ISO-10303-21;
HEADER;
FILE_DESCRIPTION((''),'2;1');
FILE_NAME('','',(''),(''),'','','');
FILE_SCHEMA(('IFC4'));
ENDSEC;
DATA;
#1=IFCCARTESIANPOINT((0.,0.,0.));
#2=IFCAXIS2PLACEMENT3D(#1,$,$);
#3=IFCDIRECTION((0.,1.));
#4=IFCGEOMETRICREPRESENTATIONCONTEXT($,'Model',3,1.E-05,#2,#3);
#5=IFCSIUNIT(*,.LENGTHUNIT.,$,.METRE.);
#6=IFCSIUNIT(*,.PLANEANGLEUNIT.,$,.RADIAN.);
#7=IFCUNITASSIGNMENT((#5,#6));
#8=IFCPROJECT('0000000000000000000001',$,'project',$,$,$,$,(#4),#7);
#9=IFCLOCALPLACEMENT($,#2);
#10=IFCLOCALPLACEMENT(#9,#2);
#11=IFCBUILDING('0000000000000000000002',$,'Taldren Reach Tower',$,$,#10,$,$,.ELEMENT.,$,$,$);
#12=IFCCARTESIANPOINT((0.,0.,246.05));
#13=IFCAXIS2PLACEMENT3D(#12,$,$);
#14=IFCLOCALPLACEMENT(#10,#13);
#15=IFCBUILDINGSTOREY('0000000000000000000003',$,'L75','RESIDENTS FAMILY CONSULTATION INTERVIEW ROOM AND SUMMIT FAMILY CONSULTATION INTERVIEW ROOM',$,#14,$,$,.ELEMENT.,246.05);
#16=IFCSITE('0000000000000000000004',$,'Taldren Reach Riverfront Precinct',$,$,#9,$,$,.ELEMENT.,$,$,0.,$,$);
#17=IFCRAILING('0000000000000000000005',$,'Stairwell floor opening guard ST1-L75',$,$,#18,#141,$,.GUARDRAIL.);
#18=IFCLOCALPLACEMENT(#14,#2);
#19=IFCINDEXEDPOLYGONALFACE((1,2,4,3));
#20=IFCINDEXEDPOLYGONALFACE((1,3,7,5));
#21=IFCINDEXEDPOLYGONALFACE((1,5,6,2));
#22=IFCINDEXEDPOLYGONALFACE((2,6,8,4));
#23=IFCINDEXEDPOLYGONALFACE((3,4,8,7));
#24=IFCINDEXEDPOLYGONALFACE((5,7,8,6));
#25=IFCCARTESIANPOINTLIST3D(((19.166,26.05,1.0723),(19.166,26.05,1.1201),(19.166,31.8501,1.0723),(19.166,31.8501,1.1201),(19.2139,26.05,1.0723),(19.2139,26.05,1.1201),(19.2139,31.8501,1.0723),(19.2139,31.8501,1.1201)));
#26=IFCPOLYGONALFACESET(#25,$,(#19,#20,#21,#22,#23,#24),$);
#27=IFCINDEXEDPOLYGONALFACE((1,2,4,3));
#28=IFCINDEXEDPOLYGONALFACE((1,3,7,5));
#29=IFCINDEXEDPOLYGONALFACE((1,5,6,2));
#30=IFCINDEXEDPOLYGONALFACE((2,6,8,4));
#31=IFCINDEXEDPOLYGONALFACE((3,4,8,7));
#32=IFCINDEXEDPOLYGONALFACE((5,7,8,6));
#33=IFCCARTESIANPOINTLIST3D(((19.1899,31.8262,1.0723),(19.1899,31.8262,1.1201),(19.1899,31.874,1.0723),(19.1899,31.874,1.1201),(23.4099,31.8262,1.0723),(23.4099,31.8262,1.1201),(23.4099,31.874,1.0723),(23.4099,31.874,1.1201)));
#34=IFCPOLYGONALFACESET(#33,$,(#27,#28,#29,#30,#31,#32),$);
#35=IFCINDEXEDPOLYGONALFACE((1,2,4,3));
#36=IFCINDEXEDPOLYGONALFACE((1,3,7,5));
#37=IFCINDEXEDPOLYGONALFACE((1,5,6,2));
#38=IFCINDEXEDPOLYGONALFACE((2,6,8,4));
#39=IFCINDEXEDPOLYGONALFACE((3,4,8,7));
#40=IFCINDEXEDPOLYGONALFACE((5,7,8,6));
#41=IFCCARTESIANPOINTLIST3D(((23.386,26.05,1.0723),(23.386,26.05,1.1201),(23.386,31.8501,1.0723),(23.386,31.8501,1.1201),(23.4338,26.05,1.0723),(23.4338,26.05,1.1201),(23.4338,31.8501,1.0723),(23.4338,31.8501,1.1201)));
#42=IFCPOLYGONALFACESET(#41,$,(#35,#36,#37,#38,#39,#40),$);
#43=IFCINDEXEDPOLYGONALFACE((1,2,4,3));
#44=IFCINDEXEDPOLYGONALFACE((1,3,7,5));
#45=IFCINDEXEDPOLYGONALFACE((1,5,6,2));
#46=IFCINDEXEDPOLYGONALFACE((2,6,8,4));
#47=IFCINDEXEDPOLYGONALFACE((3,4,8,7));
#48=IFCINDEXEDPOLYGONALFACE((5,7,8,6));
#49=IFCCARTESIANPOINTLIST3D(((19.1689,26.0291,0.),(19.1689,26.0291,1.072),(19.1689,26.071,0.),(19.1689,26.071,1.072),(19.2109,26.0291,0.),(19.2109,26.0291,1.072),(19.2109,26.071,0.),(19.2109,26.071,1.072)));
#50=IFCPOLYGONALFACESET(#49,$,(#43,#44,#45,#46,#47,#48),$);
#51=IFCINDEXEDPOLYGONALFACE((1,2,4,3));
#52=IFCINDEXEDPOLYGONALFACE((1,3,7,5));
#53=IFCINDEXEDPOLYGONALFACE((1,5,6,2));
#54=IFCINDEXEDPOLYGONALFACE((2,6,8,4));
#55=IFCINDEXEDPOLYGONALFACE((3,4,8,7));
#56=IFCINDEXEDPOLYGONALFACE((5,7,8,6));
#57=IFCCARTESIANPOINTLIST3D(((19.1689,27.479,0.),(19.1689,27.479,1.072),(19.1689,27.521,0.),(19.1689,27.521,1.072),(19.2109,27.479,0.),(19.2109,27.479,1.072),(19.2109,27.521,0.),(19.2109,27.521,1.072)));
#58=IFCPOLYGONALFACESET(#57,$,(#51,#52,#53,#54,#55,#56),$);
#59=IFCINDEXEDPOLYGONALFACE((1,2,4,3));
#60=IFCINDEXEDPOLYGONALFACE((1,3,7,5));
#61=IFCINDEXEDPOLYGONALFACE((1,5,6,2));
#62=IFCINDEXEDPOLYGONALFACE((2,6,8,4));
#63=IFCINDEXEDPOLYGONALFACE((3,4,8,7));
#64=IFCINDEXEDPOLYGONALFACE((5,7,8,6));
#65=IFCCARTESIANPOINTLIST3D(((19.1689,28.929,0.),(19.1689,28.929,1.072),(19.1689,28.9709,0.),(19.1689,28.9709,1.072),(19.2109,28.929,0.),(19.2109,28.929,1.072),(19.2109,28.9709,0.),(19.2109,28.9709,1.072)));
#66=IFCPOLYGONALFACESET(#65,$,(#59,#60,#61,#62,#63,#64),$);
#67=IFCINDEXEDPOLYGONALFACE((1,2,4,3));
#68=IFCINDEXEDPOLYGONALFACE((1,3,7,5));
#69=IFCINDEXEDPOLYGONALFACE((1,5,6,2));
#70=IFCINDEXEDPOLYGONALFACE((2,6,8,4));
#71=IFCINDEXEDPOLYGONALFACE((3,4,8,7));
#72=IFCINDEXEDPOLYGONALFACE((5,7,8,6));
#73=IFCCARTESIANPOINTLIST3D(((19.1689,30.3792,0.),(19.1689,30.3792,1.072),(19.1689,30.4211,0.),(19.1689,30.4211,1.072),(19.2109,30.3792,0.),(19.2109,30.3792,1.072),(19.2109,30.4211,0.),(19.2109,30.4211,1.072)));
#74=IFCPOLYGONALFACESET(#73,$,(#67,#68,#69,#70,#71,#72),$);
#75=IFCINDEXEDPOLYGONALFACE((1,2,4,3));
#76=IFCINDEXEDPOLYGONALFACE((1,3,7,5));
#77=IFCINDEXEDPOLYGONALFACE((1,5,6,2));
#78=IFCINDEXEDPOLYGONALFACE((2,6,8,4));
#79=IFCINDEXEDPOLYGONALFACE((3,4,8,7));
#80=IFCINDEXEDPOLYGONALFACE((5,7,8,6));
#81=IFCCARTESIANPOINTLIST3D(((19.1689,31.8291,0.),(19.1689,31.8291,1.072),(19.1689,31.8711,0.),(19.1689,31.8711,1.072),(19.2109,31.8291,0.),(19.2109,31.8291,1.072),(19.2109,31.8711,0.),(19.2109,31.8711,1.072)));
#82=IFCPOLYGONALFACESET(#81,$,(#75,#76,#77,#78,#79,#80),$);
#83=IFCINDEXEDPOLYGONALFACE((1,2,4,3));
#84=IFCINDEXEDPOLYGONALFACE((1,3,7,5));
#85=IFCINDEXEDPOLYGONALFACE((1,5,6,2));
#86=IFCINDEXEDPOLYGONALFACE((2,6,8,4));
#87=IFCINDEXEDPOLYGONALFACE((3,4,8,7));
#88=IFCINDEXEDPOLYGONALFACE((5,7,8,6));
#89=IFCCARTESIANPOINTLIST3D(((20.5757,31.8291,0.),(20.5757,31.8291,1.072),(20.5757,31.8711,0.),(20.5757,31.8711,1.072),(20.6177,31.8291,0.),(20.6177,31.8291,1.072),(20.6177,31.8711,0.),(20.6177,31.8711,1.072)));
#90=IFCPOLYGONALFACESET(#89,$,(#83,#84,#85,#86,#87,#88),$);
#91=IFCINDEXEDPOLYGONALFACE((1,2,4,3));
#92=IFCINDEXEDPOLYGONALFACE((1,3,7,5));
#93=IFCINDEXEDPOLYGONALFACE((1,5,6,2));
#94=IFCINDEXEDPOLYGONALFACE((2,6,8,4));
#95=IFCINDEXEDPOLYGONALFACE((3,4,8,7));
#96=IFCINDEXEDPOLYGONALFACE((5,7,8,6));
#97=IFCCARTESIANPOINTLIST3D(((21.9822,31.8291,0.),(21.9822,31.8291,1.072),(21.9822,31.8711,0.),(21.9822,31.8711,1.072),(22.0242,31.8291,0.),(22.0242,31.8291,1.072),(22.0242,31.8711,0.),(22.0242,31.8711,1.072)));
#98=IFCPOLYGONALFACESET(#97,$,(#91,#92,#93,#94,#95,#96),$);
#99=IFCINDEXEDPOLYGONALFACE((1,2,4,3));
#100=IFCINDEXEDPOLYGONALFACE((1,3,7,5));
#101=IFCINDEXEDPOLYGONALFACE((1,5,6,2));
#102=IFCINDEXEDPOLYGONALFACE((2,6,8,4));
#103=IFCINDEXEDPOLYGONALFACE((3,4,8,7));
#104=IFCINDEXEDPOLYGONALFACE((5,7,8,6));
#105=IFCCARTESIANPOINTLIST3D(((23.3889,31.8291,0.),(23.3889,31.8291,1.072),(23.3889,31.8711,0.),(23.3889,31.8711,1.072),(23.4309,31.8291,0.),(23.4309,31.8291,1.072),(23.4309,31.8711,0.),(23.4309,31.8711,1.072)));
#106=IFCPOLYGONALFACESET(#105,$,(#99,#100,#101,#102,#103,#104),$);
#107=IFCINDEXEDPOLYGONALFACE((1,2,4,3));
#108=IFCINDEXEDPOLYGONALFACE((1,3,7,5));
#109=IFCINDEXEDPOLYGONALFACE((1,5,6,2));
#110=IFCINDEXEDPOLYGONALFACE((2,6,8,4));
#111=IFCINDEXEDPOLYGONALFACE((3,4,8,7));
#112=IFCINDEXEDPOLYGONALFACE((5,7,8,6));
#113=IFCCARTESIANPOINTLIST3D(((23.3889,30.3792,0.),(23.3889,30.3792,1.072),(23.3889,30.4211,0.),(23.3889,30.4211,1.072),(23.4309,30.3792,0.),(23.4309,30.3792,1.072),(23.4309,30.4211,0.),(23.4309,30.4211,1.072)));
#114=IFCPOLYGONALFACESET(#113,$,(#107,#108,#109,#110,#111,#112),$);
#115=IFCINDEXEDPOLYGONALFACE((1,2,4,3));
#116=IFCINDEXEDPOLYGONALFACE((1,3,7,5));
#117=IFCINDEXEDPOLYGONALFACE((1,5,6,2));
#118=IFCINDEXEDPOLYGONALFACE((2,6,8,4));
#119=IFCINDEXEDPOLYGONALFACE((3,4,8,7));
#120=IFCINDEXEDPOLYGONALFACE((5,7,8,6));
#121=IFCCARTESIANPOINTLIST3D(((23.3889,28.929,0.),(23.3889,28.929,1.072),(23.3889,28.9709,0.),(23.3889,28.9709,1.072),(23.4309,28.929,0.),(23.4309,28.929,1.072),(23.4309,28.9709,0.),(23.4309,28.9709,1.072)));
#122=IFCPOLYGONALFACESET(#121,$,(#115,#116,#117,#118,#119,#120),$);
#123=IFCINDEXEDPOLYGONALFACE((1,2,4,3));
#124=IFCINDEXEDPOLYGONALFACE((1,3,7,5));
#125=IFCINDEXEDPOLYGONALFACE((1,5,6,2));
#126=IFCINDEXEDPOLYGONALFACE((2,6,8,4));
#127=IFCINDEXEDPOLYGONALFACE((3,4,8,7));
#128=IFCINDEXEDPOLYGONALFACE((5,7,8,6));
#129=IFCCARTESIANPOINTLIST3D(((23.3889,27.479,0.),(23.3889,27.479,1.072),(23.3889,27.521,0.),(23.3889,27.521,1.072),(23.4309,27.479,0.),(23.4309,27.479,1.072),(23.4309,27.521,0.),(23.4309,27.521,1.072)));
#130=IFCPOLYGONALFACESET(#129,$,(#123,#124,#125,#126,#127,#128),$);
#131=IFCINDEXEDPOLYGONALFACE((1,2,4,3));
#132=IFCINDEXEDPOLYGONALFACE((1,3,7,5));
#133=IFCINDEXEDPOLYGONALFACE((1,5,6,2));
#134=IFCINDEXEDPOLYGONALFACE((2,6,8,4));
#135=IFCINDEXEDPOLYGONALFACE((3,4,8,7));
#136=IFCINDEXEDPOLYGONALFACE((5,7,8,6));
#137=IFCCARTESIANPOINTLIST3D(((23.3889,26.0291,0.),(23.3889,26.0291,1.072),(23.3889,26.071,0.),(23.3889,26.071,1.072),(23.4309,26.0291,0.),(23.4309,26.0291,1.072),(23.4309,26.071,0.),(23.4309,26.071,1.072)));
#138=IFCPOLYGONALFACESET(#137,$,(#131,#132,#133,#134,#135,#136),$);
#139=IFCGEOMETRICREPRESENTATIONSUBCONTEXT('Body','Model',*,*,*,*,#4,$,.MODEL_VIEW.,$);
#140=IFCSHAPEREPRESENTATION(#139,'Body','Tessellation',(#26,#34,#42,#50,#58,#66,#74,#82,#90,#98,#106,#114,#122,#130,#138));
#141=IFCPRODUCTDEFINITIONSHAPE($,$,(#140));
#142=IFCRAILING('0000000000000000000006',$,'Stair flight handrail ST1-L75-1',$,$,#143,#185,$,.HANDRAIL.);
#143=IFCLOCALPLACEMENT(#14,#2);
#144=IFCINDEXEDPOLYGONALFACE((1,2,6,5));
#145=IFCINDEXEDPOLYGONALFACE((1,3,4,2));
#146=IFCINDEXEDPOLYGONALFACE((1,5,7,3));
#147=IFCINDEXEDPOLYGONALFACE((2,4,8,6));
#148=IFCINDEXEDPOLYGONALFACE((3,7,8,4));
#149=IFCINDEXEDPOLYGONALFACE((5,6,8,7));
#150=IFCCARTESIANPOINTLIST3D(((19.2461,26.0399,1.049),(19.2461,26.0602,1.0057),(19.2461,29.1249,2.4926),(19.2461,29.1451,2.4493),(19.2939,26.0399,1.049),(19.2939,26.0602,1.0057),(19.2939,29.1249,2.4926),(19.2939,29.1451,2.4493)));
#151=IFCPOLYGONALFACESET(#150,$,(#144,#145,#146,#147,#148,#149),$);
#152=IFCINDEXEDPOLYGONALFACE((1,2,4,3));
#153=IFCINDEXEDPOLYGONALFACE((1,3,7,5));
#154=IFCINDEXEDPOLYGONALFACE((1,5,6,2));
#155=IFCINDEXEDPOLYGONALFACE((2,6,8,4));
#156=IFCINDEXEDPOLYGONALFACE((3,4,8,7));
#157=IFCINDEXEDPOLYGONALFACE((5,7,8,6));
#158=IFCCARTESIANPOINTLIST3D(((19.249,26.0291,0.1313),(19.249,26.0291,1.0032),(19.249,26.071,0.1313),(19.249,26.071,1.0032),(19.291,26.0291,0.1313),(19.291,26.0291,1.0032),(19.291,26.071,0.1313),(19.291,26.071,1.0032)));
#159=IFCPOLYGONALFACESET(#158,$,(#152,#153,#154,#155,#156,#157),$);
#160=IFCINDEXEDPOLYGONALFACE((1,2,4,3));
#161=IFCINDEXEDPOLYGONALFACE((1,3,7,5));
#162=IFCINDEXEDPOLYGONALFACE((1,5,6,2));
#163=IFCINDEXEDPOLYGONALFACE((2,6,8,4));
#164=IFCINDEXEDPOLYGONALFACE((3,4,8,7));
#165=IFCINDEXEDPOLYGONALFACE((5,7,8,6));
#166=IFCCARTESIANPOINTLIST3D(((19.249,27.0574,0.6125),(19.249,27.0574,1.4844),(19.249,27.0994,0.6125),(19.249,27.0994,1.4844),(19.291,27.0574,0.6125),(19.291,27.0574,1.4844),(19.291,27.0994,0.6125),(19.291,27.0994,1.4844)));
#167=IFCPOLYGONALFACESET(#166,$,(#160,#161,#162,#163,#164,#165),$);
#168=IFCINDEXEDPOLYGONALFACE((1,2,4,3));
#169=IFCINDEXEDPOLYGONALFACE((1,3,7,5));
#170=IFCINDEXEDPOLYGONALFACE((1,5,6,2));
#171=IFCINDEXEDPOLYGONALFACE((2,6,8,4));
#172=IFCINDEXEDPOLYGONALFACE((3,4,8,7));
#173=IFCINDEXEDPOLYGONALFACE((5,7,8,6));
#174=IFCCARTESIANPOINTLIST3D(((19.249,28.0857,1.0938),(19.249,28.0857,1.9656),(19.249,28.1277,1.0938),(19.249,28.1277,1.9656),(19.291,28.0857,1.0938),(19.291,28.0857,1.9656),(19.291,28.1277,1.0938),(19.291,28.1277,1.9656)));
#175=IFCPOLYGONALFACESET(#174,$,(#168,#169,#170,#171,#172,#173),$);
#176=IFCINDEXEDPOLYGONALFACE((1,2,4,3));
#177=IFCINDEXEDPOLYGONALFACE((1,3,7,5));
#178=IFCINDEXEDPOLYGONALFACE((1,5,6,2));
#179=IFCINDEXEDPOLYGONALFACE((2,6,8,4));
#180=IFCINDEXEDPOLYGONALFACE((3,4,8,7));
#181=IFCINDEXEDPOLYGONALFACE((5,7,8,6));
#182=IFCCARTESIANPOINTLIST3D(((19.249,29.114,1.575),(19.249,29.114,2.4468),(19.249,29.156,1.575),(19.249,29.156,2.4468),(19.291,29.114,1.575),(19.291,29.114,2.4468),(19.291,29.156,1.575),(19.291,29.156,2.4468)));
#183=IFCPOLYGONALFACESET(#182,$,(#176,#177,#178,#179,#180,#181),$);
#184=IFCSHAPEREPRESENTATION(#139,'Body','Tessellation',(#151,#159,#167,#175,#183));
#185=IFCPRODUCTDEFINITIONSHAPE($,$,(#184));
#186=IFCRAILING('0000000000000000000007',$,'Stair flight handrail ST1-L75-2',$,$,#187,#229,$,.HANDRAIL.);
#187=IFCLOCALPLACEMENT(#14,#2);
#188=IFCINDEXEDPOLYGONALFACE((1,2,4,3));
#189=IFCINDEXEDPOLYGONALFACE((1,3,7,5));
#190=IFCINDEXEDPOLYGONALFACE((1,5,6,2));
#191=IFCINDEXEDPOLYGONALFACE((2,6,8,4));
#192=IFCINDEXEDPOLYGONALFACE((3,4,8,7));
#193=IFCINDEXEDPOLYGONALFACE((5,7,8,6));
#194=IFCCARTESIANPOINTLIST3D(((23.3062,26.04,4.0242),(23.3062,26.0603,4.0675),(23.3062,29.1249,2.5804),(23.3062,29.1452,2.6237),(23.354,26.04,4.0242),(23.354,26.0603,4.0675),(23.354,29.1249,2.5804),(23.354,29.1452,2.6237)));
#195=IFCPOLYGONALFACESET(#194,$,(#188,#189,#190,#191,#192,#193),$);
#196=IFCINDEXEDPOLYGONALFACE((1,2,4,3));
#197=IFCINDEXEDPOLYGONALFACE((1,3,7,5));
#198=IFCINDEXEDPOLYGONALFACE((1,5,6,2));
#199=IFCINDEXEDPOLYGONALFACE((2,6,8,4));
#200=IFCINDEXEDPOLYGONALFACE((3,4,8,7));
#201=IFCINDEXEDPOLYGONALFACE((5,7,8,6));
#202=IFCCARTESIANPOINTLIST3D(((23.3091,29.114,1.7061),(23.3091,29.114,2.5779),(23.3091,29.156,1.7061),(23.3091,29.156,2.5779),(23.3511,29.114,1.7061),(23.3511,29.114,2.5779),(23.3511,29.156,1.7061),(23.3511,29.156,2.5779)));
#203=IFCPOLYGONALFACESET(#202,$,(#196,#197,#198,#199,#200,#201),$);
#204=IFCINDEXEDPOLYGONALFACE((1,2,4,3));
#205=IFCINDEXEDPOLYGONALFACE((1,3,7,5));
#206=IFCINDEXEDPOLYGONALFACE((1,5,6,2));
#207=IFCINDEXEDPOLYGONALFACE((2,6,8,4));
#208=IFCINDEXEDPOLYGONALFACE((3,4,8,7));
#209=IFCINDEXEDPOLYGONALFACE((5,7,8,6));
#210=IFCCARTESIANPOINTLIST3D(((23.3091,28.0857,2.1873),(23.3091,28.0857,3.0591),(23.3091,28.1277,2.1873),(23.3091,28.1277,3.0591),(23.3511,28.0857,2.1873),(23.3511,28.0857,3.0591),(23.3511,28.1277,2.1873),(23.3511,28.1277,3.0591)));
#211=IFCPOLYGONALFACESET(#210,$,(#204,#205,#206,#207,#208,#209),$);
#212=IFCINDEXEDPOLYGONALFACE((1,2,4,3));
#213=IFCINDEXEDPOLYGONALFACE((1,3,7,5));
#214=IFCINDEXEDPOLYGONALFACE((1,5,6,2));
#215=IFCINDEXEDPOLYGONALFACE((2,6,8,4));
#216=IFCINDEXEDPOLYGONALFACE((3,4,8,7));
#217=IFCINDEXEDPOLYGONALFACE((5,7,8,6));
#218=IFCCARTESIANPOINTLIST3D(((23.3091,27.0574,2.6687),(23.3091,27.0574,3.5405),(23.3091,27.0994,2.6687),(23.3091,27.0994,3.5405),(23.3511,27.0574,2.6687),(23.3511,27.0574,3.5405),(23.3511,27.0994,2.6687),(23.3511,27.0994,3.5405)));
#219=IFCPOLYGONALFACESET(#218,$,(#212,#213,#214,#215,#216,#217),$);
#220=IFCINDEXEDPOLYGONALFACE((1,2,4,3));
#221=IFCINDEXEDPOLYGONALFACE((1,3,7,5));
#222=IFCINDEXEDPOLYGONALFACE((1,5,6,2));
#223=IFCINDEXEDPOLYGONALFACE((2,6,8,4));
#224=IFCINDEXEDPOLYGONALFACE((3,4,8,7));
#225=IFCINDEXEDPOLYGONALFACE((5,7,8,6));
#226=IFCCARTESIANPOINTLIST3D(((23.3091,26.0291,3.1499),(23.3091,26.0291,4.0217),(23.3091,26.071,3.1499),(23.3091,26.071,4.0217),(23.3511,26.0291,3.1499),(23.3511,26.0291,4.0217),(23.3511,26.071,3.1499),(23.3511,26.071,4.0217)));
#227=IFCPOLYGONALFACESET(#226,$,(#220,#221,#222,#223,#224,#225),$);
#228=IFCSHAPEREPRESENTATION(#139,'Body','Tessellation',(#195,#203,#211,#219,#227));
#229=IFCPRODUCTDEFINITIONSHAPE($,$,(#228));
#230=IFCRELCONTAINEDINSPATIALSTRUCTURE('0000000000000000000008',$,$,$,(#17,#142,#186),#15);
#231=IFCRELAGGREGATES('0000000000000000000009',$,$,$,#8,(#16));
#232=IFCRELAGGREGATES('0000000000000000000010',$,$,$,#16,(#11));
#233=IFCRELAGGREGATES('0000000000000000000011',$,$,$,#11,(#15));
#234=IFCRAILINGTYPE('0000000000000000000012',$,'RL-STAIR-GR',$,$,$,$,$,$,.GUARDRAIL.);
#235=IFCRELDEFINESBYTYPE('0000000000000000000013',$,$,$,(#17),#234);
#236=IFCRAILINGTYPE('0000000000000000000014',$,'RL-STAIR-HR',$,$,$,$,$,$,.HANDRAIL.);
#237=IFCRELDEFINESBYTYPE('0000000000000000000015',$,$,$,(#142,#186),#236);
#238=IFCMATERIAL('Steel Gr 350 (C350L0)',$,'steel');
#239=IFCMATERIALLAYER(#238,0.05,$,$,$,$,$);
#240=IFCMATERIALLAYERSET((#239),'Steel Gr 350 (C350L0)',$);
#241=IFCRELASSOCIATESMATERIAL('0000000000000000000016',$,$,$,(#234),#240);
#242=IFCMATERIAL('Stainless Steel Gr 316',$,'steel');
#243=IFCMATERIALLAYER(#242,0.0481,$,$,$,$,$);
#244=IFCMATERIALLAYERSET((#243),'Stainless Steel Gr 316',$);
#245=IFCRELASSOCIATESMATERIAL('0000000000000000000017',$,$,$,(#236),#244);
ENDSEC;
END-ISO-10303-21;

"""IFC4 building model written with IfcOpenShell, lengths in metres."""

from ifc_helpers import new_model, si_unit, direction, frame, origin, origin_2d, place, context, subcontext, project, spatial, rectangle, extrude, material, layer, layer_set, type_object, element, save


model = new_model("IFC4")

# Units and contexts
model_context = context("Model", 3, precision=1e-05, world=origin(), true_north=direction((0.0, 1.0)))
body_context = subcontext(model_context, "Body", "Model", "MODEL_VIEW")
ifc_project = project(units=[si_unit("LENGTHUNIT", "METRE"), si_unit("PLANEANGLEUNIT", "RADIAN")], contexts=[model_context])

# Site, building, storey
site_placement = place(None, origin())
site = spatial("IfcSite", under=ifc_project, at=site_placement, Name="Taldren Reach Riverfront Precinct", CompositionType="ELEMENT", RefElevation=0.0)
building_placement = place(site_placement, origin())
building = spatial("IfcBuilding", under=site, at=building_placement, Name="Taldren Reach Tower", CompositionType="ELEMENT")
storey_placement = place(building_placement, frame((0.0, 0.0, 246.05)))
storey = spatial("IfcBuildingStorey", under=building, at=storey_placement, Name="L75", Description="RESIDENTS FAMILY CONSULTATION INTERVIEW ROOM AND SUMMIT FAMILY CONSULTATION INTERVIEW ROOM", CompositionType="ELEMENT", Elevation=246.05)

# Shared definitions
ifc_material_1 = material(Name="Steel Gr 350 (C350L0)", Category="steel")

# Railings
ifc_layer_1 = layer(ifc_material_1, 0.05)
ifc_layer_set_1 = layer_set([ifc_layer_1], Name="Steel Gr 350 (C350L0)")
railing_type_1 = type_object("IfcRailingType", Name="RL-STAIR-GR", PredefinedType="GUARDRAIL", material=ifc_layer_set_1)
railing_1_placement = place(storey_placement, frame((19.1899, 26.05, 0.0)))
element("IfcRailing", 1, at=railing_1_placement, inside=storey, type_object=railing_type_1, Name="Stairwell floor opening guard ST1-L75", PredefinedType="GUARDRAIL", context=body_context, shape_type="SweptSolid", body=[
    extrude(rectangle(XDim=0.0479, YDim=0.0479, at=origin_2d()), frame((0.0, 0.0, 1.0962), z_axis=(0.0, 1.0, 0.0), x_axis=(-1.0, 0.0, 0.0)), (0.0, 0.0, 1.0), 5.8),
    extrude(rectangle(XDim=0.0479, YDim=0.0479, at=origin_2d()), frame((0.0, 5.8, 1.0962), z_axis=(1.0, 0.0, 0.0), x_axis=(0.0, 1.0, 0.0)), (0.0, 0.0, 1.0), 4.22),
    extrude(rectangle(XDim=0.0479, YDim=0.0479, at=origin_2d()), frame((4.22, 5.8, 1.0962), z_axis=(0.0, -1.0, 0.0), x_axis=(1.0, 0.0, 0.0)), (0.0, 0.0, 1.0), 5.8),
    extrude(rectangle(XDim=0.042, YDim=0.042, at=origin_2d()), origin(), (0.0, 0.0, 1.0), 1.072),
    extrude(rectangle(XDim=0.042, YDim=0.042, at=origin_2d()), frame((0.0, 1.45, 0.0)), (0.0, 0.0, 1.0), 1.072),
    extrude(rectangle(XDim=0.042, YDim=0.042, at=origin_2d()), frame((0.0, 2.8999, 0.0)), (0.0, 0.0, 1.0), 1.072),
    extrude(rectangle(XDim=0.042, YDim=0.042, at=origin_2d()), frame((0.0, 4.3501, 0.0)), (0.0, 0.0, 1.0), 1.072),
    extrude(rectangle(XDim=0.042, YDim=0.042, at=origin_2d()), frame((0.0, 5.8, 0.0)), (0.0, 0.0, 1.0), 1.072),
    extrude(rectangle(XDim=0.042, YDim=0.042, at=origin_2d()), frame((1.4067, 5.8, 0.0)), (0.0, 0.0, 1.0), 1.072),
    extrude(rectangle(XDim=0.042, YDim=0.042, at=origin_2d()), frame((2.8132, 5.8, 0.0)), (0.0, 0.0, 1.0), 1.072),
    extrude(rectangle(XDim=0.042, YDim=0.042, at=origin_2d()), frame((4.22, 5.8, 0.0)), (0.0, 0.0, 1.0), 1.072),
    extrude(rectangle(XDim=0.042, YDim=0.042, at=origin_2d()), frame((4.22, 4.3501, 0.0)), (0.0, 0.0, 1.0), 1.072),
    extrude(rectangle(XDim=0.042, YDim=0.042, at=origin_2d()), frame((4.22, 2.8999, 0.0)), (0.0, 0.0, 1.0), 1.072),
    extrude(rectangle(XDim=0.042, YDim=0.042, at=origin_2d()), frame((4.22, 1.45, 0.0)), (0.0, 0.0, 1.0), 1.072),
    extrude(rectangle(XDim=0.042, YDim=0.042, at=origin_2d()), frame((4.22, 0.0, 0.0)), (0.0, 0.0, 1.0), 1.072),
])
ifc_material_2 = material(Name="Stainless Steel Gr 316", Category="steel")
ifc_layer_2 = layer(ifc_material_2, 0.0481)
ifc_layer_set_2 = layer_set([ifc_layer_2], Name="Stainless Steel Gr 316")
railing_type_2 = type_object("IfcRailingType", Name="RL-STAIR-HR", PredefinedType="HANDRAIL", material=ifc_layer_set_2)
railing_2_placement = place(storey_placement, frame((19.27, 26.05, 0.1313)))
element("IfcRailing", 2, at=railing_2_placement, inside=storey, type_object=railing_type_2, Name="Stair flight handrail ST1-L75-1", PredefinedType="HANDRAIL", context=body_context, shape_type="SweptSolid", body=[
    extrude(rectangle(XDim=0.0479, YDim=0.0479, at=origin_2d()), frame((0.0, 0.0, 0.896), z_axis=(0.0, 0.905738, 0.423839), x_axis=(-1.0, 0.0, 0.0)), (0.0, 0.0, 1.0), 3.406),
    extrude(rectangle(XDim=0.042, YDim=0.042, at=origin_2d()), origin(), (0.0, 0.0, 1.0), 0.8718),
    extrude(rectangle(XDim=0.042, YDim=0.042, at=origin_2d()), frame((0.0, 1.0283, 0.4812)), (0.0, 0.0, 1.0), 0.8718),
    extrude(rectangle(XDim=0.042, YDim=0.042, at=origin_2d()), frame((0.0, 2.0566, 0.9624)), (0.0, 0.0, 1.0), 0.8718),
    extrude(rectangle(XDim=0.042, YDim=0.042, at=origin_2d()), frame((0.0, 3.085, 1.4436)), (0.0, 0.0, 1.0), 0.8718),
])
railing_3_placement = place(storey_placement, frame((23.3301, 29.135, 1.7061)))
element("IfcRailing", 3, at=railing_3_placement, inside=storey, type_object=railing_type_2, Name="Stair flight handrail ST1-L75-2", PredefinedType="HANDRAIL", context=body_context, shape_type="SweptSolid", body=[
    extrude(rectangle(XDim=0.0479, YDim=0.0479, at=origin_2d()), frame((0.0, 0.0, 0.896), z_axis=(0.0, -0.90571, 0.423898), x_axis=(1.0, 0.0, 0.0)), (0.0, 0.0, 1.0), 3.406),
    extrude(rectangle(XDim=0.042, YDim=0.042, at=origin_2d()), origin(), (0.0, 0.0, 1.0), 0.8718),
    extrude(rectangle(XDim=0.042, YDim=0.042, at=origin_2d()), frame((0.0, -1.0283, 0.4812)), (0.0, 0.0, 1.0), 0.8718),
    extrude(rectangle(XDim=0.042, YDim=0.042, at=origin_2d()), frame((0.0, -2.0566, 0.9626)), (0.0, 0.0, 1.0), 0.8718),
    extrude(rectangle(XDim=0.042, YDim=0.042, at=origin_2d()), frame((0.0, -3.085, 1.4438)), (0.0, 0.0, 1.0), 0.8718),
])

save(model, "model.ifc")
